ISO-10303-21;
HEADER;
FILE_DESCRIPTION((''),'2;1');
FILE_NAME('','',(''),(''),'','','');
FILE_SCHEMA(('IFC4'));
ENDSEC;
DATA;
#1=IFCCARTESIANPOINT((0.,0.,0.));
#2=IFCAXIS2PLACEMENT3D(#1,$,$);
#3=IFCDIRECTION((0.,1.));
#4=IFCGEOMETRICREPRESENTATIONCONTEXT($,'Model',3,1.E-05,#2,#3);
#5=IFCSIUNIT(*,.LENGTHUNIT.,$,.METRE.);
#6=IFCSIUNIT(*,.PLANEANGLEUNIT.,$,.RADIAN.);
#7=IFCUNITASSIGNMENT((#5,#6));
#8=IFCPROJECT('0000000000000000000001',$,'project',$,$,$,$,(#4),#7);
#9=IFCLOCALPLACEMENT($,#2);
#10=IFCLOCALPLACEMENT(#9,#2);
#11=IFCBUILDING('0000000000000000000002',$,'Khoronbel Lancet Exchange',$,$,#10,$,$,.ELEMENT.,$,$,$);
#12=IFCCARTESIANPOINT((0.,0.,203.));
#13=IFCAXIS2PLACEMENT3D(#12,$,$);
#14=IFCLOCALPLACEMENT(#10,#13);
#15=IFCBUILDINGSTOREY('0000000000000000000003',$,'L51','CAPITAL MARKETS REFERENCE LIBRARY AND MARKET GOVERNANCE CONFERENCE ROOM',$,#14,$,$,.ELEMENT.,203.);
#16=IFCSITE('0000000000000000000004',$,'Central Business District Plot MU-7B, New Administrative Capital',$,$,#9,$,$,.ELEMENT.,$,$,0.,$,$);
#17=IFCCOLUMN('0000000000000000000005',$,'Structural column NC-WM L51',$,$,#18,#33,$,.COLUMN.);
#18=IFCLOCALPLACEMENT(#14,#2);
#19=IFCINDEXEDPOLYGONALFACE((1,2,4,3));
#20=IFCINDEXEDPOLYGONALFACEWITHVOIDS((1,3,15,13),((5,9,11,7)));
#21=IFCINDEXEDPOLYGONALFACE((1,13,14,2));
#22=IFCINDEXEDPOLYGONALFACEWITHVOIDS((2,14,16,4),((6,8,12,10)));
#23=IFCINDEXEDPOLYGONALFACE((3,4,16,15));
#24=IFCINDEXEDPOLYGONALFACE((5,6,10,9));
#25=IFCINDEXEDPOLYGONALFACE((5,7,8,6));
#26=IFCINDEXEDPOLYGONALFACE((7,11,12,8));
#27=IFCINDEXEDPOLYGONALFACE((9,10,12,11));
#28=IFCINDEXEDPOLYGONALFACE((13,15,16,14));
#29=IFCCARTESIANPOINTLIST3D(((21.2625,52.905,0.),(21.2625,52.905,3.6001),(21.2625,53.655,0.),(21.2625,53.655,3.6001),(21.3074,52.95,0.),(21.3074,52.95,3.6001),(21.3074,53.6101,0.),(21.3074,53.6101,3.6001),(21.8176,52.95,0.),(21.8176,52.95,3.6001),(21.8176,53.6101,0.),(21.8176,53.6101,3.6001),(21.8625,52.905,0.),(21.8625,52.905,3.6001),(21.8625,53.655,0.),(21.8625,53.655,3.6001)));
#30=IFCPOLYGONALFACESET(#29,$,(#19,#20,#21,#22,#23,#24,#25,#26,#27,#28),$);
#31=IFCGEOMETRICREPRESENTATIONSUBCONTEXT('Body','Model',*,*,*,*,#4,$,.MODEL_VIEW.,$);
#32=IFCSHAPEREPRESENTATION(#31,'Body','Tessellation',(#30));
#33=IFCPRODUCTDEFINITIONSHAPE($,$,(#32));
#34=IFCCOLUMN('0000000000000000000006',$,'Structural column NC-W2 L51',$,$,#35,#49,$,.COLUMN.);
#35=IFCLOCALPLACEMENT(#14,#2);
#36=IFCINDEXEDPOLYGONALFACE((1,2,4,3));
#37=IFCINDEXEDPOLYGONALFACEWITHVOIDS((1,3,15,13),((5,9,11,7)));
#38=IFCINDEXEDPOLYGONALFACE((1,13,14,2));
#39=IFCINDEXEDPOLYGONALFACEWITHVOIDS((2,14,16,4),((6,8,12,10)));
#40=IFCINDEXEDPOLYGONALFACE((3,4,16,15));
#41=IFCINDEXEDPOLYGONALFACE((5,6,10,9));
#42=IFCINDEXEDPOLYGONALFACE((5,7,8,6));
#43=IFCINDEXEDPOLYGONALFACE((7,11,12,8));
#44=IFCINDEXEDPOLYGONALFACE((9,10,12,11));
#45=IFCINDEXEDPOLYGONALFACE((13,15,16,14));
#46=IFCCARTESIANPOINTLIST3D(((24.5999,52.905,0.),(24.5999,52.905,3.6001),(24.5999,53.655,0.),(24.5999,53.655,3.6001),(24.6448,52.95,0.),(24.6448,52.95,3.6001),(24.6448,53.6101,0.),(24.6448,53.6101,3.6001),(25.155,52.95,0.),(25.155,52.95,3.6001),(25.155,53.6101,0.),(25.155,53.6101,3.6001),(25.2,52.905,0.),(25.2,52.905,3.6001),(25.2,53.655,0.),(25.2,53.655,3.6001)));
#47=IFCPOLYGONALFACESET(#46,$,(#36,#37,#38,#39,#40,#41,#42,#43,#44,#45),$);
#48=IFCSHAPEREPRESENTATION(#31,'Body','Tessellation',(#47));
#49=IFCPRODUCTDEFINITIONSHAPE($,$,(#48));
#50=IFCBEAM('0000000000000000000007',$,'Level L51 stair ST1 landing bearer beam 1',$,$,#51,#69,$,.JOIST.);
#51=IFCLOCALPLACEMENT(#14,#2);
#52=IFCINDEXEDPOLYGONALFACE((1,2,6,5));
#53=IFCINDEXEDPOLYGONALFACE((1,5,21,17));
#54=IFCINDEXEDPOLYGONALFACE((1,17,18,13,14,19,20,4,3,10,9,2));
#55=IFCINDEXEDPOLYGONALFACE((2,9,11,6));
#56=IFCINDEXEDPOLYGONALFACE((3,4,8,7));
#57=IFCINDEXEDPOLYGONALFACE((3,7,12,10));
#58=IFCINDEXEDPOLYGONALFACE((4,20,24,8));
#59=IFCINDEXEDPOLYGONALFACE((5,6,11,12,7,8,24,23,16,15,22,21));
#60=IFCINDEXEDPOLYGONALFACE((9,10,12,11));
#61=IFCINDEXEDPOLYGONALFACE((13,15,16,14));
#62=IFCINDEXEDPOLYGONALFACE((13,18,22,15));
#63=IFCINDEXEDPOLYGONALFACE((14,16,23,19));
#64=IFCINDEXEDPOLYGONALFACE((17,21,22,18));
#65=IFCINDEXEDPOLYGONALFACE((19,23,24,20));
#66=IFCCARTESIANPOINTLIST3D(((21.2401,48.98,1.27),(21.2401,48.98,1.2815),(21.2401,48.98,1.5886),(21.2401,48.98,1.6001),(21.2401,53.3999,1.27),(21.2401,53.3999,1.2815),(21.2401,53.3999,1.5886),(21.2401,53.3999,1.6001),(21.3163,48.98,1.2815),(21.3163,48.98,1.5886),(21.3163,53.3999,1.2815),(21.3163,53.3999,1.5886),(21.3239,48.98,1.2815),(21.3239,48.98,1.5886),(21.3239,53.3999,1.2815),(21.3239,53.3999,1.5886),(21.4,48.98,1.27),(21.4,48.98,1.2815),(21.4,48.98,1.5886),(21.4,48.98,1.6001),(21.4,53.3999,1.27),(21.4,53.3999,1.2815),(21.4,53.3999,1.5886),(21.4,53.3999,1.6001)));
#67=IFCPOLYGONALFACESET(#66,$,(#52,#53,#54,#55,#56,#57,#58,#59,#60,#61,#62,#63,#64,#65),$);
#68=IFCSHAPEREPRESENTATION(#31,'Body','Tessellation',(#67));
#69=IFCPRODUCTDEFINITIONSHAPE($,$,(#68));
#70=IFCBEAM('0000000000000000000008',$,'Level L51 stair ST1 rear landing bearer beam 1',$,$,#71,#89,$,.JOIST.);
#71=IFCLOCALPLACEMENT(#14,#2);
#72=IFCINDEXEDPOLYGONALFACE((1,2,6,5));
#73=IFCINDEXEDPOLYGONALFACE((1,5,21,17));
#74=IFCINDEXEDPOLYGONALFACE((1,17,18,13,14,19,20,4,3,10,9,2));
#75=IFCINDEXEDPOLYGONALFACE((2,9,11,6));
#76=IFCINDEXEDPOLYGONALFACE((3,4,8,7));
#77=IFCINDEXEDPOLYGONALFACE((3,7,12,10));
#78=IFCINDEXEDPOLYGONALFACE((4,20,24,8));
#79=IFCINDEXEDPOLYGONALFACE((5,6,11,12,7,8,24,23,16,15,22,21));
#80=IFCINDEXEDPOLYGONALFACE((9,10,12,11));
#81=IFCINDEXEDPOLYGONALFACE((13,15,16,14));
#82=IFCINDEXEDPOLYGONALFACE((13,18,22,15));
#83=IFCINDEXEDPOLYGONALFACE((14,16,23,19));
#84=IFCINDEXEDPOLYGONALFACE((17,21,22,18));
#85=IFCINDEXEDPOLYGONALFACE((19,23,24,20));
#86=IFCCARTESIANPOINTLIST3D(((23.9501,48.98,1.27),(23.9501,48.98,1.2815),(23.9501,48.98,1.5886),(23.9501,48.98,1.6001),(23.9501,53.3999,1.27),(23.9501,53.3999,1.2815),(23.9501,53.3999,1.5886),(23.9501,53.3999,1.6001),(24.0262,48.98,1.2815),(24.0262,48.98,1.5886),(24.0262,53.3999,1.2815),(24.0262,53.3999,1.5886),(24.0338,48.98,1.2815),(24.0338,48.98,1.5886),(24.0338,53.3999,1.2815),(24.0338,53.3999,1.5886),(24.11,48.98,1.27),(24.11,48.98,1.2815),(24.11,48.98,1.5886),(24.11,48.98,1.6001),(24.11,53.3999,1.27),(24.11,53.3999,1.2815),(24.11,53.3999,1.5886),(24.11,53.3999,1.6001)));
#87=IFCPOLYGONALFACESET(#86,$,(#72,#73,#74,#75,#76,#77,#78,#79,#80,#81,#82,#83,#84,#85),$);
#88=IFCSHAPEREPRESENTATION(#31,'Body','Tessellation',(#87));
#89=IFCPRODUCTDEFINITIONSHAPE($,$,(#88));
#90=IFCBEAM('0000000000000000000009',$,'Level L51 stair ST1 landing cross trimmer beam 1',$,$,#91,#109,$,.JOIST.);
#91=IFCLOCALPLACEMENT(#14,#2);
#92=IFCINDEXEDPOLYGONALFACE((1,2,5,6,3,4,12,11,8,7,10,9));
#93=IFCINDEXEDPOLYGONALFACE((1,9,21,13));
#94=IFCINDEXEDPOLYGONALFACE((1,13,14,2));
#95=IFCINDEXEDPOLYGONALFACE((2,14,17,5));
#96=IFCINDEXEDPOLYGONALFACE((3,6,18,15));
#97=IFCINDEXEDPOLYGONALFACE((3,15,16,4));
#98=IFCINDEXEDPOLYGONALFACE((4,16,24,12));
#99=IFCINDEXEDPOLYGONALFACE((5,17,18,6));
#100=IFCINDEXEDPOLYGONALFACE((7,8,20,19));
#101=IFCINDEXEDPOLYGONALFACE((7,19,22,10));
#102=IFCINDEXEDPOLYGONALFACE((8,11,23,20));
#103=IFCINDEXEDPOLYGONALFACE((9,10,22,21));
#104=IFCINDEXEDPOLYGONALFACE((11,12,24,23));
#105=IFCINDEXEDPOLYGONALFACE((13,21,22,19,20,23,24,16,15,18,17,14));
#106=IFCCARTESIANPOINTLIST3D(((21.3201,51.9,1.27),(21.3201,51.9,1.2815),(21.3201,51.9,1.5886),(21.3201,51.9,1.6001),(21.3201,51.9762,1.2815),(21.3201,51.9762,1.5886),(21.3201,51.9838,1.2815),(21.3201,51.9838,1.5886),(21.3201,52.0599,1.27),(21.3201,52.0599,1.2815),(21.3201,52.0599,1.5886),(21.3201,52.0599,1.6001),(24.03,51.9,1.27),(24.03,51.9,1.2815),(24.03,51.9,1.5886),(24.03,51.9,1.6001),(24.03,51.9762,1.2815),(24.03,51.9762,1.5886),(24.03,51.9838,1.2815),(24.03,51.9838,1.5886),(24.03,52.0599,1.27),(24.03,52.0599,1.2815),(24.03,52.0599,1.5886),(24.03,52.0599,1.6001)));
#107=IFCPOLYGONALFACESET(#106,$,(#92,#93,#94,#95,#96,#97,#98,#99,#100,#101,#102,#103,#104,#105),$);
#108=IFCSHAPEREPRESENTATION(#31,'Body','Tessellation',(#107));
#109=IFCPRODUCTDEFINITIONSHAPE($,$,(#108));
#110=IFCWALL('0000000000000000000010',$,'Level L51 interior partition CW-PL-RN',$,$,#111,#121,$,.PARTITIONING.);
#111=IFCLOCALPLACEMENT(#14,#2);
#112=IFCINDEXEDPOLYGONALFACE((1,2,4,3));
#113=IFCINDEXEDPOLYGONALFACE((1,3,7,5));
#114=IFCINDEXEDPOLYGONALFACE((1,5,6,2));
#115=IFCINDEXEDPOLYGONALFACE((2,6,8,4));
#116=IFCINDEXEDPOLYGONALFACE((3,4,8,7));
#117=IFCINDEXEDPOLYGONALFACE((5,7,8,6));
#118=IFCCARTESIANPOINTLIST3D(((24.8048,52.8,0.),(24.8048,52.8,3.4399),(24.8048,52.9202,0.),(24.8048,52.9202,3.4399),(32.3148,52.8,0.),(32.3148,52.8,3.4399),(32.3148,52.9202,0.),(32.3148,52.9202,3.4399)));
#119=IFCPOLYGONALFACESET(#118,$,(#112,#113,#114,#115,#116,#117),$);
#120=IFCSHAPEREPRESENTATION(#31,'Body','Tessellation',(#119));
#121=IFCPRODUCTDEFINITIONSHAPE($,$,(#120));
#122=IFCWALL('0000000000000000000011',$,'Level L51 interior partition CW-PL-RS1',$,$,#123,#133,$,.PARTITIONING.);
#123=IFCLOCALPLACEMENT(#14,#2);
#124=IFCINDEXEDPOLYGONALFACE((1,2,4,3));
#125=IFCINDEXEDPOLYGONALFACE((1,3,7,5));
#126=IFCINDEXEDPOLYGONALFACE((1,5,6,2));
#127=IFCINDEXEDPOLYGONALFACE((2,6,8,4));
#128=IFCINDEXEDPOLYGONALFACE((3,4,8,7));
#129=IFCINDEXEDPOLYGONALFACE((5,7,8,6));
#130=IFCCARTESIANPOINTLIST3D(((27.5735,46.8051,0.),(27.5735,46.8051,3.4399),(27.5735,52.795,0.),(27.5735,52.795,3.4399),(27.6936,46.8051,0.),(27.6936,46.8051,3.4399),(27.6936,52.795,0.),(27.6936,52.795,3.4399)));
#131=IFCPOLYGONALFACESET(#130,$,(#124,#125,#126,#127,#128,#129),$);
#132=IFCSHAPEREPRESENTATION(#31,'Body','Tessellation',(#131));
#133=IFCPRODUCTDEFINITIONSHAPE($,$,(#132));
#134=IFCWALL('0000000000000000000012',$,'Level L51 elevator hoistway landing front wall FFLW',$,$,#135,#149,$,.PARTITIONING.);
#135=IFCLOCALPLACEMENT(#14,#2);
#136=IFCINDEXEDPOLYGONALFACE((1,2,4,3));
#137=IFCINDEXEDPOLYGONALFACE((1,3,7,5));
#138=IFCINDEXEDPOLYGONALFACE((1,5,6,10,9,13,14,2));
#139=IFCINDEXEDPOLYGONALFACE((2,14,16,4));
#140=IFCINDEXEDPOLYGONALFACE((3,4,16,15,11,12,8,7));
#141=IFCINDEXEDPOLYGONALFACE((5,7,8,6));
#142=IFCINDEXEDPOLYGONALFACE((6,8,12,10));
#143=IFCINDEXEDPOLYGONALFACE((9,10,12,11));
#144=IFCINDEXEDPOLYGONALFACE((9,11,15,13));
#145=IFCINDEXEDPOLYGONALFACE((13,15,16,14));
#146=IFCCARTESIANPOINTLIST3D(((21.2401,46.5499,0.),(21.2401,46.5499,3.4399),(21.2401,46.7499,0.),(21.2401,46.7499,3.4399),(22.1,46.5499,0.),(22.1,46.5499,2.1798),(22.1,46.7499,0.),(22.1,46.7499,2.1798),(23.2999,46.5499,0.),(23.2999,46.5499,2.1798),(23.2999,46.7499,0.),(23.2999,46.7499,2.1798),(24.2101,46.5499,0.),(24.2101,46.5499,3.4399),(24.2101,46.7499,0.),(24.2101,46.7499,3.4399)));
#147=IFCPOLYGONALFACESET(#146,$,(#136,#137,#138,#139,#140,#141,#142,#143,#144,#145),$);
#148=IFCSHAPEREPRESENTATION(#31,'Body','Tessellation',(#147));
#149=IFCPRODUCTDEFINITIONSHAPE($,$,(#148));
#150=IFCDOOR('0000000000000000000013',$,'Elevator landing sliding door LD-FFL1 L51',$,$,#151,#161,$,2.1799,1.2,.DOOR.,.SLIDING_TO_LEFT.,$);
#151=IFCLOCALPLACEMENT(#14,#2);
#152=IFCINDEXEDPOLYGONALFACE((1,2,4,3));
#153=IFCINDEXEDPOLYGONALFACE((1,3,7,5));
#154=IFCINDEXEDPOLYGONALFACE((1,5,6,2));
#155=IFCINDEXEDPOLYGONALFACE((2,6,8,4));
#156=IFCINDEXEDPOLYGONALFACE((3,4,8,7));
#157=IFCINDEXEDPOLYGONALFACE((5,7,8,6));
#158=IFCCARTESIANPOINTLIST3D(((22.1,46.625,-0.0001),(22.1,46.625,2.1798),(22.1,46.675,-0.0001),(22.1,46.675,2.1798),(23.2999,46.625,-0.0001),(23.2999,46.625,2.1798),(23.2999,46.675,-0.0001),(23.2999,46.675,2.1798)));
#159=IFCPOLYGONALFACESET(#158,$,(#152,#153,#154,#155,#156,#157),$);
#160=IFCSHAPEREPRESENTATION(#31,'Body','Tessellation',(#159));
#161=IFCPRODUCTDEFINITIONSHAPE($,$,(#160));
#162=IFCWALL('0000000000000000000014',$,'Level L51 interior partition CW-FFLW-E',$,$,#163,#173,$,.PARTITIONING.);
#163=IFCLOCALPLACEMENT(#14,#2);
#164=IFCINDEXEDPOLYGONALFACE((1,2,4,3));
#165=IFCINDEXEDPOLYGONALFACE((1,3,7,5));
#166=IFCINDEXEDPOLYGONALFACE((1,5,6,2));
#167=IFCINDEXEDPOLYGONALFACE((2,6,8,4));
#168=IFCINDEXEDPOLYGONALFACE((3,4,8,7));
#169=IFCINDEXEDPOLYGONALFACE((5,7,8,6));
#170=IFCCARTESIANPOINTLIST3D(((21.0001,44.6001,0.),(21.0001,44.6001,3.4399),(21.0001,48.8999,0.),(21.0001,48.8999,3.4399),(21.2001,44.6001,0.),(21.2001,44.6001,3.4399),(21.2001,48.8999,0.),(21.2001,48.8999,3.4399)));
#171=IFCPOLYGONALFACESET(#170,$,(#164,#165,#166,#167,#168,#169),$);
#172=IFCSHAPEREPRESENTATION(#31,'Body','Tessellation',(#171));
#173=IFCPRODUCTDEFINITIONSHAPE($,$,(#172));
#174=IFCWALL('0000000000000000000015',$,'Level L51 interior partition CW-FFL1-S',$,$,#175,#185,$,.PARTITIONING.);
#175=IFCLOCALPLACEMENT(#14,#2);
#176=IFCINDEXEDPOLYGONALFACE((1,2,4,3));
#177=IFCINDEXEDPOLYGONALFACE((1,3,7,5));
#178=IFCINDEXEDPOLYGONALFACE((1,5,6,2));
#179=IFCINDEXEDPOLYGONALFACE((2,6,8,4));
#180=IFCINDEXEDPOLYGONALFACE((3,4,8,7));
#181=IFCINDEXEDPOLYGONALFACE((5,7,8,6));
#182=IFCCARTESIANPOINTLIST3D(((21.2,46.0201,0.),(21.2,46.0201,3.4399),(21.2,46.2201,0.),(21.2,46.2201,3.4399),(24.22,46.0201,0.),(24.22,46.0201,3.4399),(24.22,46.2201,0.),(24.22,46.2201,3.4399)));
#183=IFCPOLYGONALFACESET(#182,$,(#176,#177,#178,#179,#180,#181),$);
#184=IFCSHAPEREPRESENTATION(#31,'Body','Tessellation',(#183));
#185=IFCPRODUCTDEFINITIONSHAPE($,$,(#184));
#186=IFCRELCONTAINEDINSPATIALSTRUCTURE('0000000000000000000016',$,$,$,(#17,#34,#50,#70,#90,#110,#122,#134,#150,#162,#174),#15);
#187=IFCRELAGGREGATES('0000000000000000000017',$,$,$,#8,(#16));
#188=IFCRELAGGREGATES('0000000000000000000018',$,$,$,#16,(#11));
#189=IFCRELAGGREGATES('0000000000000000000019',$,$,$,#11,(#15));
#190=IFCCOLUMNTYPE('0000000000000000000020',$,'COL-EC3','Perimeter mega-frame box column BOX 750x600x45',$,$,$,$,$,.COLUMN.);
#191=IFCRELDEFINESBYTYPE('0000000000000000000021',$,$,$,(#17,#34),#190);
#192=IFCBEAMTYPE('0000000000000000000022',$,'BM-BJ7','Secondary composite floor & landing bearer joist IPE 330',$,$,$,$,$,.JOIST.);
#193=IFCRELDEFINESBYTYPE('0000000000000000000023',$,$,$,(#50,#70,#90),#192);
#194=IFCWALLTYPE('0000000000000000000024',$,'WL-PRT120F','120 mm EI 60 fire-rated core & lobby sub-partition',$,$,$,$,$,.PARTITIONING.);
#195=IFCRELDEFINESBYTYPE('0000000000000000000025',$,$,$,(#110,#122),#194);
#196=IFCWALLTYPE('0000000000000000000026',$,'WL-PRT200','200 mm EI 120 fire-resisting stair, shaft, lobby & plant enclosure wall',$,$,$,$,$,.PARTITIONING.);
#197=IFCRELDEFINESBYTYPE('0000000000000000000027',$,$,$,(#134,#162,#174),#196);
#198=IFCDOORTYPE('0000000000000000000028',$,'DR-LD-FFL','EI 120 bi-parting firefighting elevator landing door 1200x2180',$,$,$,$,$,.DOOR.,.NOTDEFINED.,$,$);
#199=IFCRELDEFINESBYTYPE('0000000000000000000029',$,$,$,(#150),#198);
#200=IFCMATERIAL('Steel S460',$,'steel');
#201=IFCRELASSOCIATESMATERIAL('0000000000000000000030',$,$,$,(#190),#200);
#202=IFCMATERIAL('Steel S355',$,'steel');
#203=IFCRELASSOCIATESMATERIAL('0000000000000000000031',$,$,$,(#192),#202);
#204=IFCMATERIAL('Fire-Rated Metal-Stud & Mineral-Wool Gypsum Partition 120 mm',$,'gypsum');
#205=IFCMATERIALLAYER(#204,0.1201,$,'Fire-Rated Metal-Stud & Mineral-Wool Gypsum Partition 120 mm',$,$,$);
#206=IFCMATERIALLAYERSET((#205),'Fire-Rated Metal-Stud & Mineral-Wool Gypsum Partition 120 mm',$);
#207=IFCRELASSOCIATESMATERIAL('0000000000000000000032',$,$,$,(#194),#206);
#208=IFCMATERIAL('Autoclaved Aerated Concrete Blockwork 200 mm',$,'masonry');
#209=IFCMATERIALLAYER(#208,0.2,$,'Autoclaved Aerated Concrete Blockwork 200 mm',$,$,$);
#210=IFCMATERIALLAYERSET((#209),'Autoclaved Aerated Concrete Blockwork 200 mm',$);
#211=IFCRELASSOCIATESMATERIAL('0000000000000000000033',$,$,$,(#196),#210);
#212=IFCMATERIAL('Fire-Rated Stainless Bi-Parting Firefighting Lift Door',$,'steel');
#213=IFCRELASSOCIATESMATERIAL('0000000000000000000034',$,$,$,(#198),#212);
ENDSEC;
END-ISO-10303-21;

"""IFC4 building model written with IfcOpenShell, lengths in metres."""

from ifc_helpers import new_model, si_unit, direction, frame, frame_2d, origin, origin_2d, place, context, subcontext, project, spatial, rectangle, hollow_rectangle, i_section, extrude, material, layer, layer_set, material_profile, profile_set, type_object, element, fill, save


model = new_model("IFC4")

# Units and contexts
model_context = context("Model", 3, precision=1e-05, world=origin(), true_north=direction((0.0, 1.0)))
body_context = subcontext(model_context, "Body", "Model", "MODEL_VIEW")
ifc_project = project(units=[si_unit("LENGTHUNIT", "METRE"), si_unit("PLANEANGLEUNIT", "RADIAN")], contexts=[model_context])

# Site, building, storey
site_placement = place(None, origin())
site = spatial("IfcSite", under=ifc_project, at=site_placement, Name="Central Business District Plot MU-7B, New Administrative Capital", CompositionType="ELEMENT", RefElevation=0.0)
building_placement = place(site_placement, origin())
building = spatial("IfcBuilding", under=site, at=building_placement, Name="Khoronbel Lancet Exchange", CompositionType="ELEMENT")
storey_placement = place(building_placement, frame((0.0, 0.0, 203.0)))
storey = spatial("IfcBuildingStorey", under=building, at=storey_placement, Name="L51", Description="CAPITAL MARKETS REFERENCE LIBRARY AND MARKET GOVERNANCE CONFERENCE ROOM", CompositionType="ELEMENT", Elevation=203.0)

# Columns
ifc_material_1 = material(Name="Steel S460", Category="steel")
ifc_material_profile_1 = material_profile(ifc_material_1, hollow_rectangle(XDim=0.6001, YDim=0.75, WallThickness=0.0449, at=origin_2d()), Name="BOX 750x600x45")
ifc_profile_set_1 = profile_set([ifc_material_profile_1], Name="Steel S460")
column_type = type_object("IfcColumnType", Name="COL-EC3", Description="Perimeter mega-frame box column BOX 750x600x45", PredefinedType="COLUMN", material=ifc_profile_set_1)
for number, where, z_axis, x_axis, name in (
    (1, (21.5625, 53.28, 0.0), (0.0, 0.0, 1.0), (1.0, 0.0, 0.0), "Structural column NC-WM L51"),
    (2, (24.8999, 53.28, 0.0), (0.0, 0.0, 1.0), (1.0, 0.0, 0.0), "Structural column NC-W2 L51"),
):
    element("IfcColumn", number, at=place(storey_placement, frame(where, z_axis=z_axis, x_axis=x_axis)), inside=storey, type_object=column_type, Name=name, PredefinedType="COLUMN", context=body_context, shape_type="SweptSolid", body=[
        extrude(hollow_rectangle(XDim=0.6001, YDim=0.75, WallThickness=0.0449, at=origin_2d()), origin(), (0.0, 0.0, 1.0), 3.6001),
    ])

# Beams
ifc_material_2 = material(Name="Steel S355", Category="steel")
ifc_material_profile_2 = material_profile(ifc_material_2, i_section(OverallWidth=0.1599, OverallDepth=0.3301, WebThickness=0.0076, FlangeThickness=0.0115, at=origin_2d()), Name="IPE 330")
ifc_profile_set_2 = profile_set([ifc_material_profile_2], Name="Steel S355")
beam_type = type_object("IfcBeamType", Name="BM-BJ7", Description="Secondary composite floor & landing bearer joist IPE 330", PredefinedType="JOIST", material=ifc_profile_set_2)
for number, where, z_axis, x_axis, name in (
    (3, (21.3201, 48.98, 1.4351), (0.0, 1.0, 0.0), (-1.0, 0.0, 0.0), "Level L51 stair ST1 landing bearer beam 1"),
    (4, (24.03, 48.98, 1.4351), (0.0, 1.0, 0.0), (-1.0, 0.0, 0.0), "Level L51 stair ST1 rear landing bearer beam 1"),
):
    element("IfcBeam", number, at=place(storey_placement, frame(where, z_axis=z_axis, x_axis=x_axis)), inside=storey, type_object=beam_type, Name=name, PredefinedType="JOIST", context=body_context, shape_type="SweptSolid", body=[
        extrude(i_section(OverallWidth=0.1599, OverallDepth=0.3301, WebThickness=0.0076, FlangeThickness=0.0115, at=origin_2d()), origin(), (0.0, 0.0, 1.0), 4.4199),
    ])
beam_placement = place(storey_placement, frame((21.3201, 51.98, 1.4351), z_axis=(1.0, 0.0, 0.0), x_axis=(0.0, 1.0, 0.0)))
element("IfcBeam", 5, at=beam_placement, inside=storey, type_object=beam_type, Name="Level L51 stair ST1 landing cross trimmer beam 1", PredefinedType="JOIST", context=body_context, shape_type="SweptSolid", body=[
    extrude(i_section(OverallWidth=0.1599, OverallDepth=0.3301, WebThickness=0.0076, FlangeThickness=0.0115, at=origin_2d()), origin(), (0.0, 0.0, 1.0), 2.71),
])

# Walls
ifc_material_3 = material(Name="Fire-Rated Metal-Stud & Mineral-Wool Gypsum Partition 120 mm", Category="gypsum")
ifc_layer_1 = layer(ifc_material_3, 0.1201, Name="Fire-Rated Metal-Stud & Mineral-Wool Gypsum Partition 120 mm")
ifc_layer_set_1 = layer_set([ifc_layer_1], Name="Fire-Rated Metal-Stud & Mineral-Wool Gypsum Partition 120 mm")
wall_type_1 = type_object("IfcWallType", Name="WL-PRT120F", Description="120 mm EI 60 fire-rated core & lobby sub-partition", PredefinedType="PARTITIONING", material=ifc_layer_set_1)
wall_1_placement = place(storey_placement, frame((24.8049, 52.8601, 0.0), z_axis=(0.0, 0.0, 1.0), x_axis=(1.0, 0.0, 0.0)))
element("IfcWall", 6, at=wall_1_placement, inside=storey, type_object=wall_type_1, Name="Level L51 interior partition CW-PL-RN", PredefinedType="PARTITIONING", context=body_context, shape_type="SweptSolid", body=[
    extrude(rectangle(XDim=7.51, YDim=0.1201, at=frame_2d((3.7549, 0.0))), origin(), (0.0, 0.0, 1.0), 3.4399),
])
wall_2_placement = place(storey_placement, frame((27.6335, 46.8049, 0.0), z_axis=(0.0, 0.0, 1.0), x_axis=(0.0, 1.0, 0.0)))
element("IfcWall", 7, at=wall_2_placement, inside=storey, type_object=wall_type_1, Name="Level L51 interior partition CW-PL-RS1", PredefinedType="PARTITIONING", context=body_context, shape_type="SweptSolid", body=[
    extrude(rectangle(XDim=5.99, YDim=0.1201, at=frame_2d((2.9951, 0.0))), origin(), (0.0, 0.0, 1.0), 3.4399),
])

# Wall, opening, door
ifc_material_4 = material(Name="Autoclaved Aerated Concrete Blockwork 200 mm", Category="masonry")
ifc_layer_2 = layer(ifc_material_4, 0.2, Name="Autoclaved Aerated Concrete Blockwork 200 mm")
ifc_layer_set_2 = layer_set([ifc_layer_2], Name="Autoclaved Aerated Concrete Blockwork 200 mm")
wall_type_2 = type_object("IfcWallType", Name="WL-PRT200", Description="200 mm EI 120 fire-resisting stair, shaft, lobby & plant enclosure wall", PredefinedType="PARTITIONING", material=ifc_layer_set_2)
wall_3_placement = place(storey_placement, frame((24.21, 46.6499, 0.0), z_axis=(0.0, 0.0, 1.0), x_axis=(-1.0, 0.0, 0.0)))
wall_3 = element("IfcWall", 8, at=wall_3_placement, inside=storey, type_object=wall_type_2, Name="Level L51 elevator hoistway landing front wall FFLW", PredefinedType="PARTITIONING", context=body_context, shape_type="SweptSolid", body=[
    extrude(rectangle(XDim=2.97, YDim=0.2, at=frame_2d((1.4849, 0.0))), origin(), (0.0, 0.0, 1.0), 3.4399),
])
opening_1_placement = place(wall_3_placement, frame((0.9099, 0.0, 0.0)))
opening_1 = element("IfcOpeningElement", 9, at=opening_1_placement, cuts=wall_3, PredefinedType="OPENING", context=body_context, shape_type="SweptSolid", body=[
    extrude(rectangle(XDim=1.2, YDim=2.1799, at=frame_2d((0.6001, 1.0898))), frame((0.0, 0.1099, 0.0), z_axis=(0.0, -1.0, 0.0), x_axis=(1.0, 0.0, 0.0)), (0.0, 0.0, 1.0), 0.22),
])
ifc_material_5 = material(Name="Fire-Rated Stainless Bi-Parting Firefighting Lift Door", Category="steel")
door_type_1 = type_object("IfcDoorType", Name="DR-LD-FFL", Description="EI 120 bi-parting firefighting elevator landing door 1200x2180", OperationType="NOTDEFINED", PredefinedType="DOOR", material=ifc_material_5)
door_1_placement = place(opening_1_placement, origin())
door_1 = element("IfcDoor", 10, at=door_1_placement, inside=storey, type_object=door_type_1, Name="Elevator landing sliding door LD-FFL1 L51", OperationType="SLIDING_TO_LEFT", OverallHeight=2.1799, OverallWidth=1.2, PredefinedType="DOOR", context=body_context, shape_type="SweptSolid", body=[
    extrude(rectangle(XDim=1.2, YDim=2.1799, at=frame_2d((0.6001, 1.0898))), frame((0.0, 0.0249, 0.0), z_axis=(0.0, -1.0, 0.0), x_axis=(1.0, 0.0, 0.0)), (0.0, 0.0, 1.0), 0.05),
])
fill(opening_1, door_1)

# Walls
wall_4_placement = place(storey_placement, frame((21.1001, 44.6001, 0.0), z_axis=(0.0, 0.0, 1.0), x_axis=(0.0, 1.0, 0.0)))
element("IfcWall", 11, at=wall_4_placement, inside=storey, type_object=wall_type_2, Name="Level L51 interior partition CW-FFLW-E", PredefinedType="PARTITIONING", context=body_context, shape_type="SweptSolid", body=[
    extrude(rectangle(XDim=4.2998, YDim=0.2, at=frame_2d((2.1499, 0.0))), origin(), (0.0, 0.0, 1.0), 3.4399),
])
wall_5_placement = place(storey_placement, frame((21.2, 46.1201, 0.0), z_axis=(0.0, 0.0, 1.0), x_axis=(1.0, 0.0, 0.0)))
element("IfcWall", 12, at=wall_5_placement, inside=storey, type_object=wall_type_2, Name="Level L51 interior partition CW-FFL1-S", PredefinedType="PARTITIONING", context=body_context, shape_type="SweptSolid", body=[
    extrude(rectangle(XDim=3.02, YDim=0.2, at=frame_2d((1.51, 0.0))), origin(), (0.0, 0.0, 1.0), 3.4399),
])

save(model, "model.ifc")
